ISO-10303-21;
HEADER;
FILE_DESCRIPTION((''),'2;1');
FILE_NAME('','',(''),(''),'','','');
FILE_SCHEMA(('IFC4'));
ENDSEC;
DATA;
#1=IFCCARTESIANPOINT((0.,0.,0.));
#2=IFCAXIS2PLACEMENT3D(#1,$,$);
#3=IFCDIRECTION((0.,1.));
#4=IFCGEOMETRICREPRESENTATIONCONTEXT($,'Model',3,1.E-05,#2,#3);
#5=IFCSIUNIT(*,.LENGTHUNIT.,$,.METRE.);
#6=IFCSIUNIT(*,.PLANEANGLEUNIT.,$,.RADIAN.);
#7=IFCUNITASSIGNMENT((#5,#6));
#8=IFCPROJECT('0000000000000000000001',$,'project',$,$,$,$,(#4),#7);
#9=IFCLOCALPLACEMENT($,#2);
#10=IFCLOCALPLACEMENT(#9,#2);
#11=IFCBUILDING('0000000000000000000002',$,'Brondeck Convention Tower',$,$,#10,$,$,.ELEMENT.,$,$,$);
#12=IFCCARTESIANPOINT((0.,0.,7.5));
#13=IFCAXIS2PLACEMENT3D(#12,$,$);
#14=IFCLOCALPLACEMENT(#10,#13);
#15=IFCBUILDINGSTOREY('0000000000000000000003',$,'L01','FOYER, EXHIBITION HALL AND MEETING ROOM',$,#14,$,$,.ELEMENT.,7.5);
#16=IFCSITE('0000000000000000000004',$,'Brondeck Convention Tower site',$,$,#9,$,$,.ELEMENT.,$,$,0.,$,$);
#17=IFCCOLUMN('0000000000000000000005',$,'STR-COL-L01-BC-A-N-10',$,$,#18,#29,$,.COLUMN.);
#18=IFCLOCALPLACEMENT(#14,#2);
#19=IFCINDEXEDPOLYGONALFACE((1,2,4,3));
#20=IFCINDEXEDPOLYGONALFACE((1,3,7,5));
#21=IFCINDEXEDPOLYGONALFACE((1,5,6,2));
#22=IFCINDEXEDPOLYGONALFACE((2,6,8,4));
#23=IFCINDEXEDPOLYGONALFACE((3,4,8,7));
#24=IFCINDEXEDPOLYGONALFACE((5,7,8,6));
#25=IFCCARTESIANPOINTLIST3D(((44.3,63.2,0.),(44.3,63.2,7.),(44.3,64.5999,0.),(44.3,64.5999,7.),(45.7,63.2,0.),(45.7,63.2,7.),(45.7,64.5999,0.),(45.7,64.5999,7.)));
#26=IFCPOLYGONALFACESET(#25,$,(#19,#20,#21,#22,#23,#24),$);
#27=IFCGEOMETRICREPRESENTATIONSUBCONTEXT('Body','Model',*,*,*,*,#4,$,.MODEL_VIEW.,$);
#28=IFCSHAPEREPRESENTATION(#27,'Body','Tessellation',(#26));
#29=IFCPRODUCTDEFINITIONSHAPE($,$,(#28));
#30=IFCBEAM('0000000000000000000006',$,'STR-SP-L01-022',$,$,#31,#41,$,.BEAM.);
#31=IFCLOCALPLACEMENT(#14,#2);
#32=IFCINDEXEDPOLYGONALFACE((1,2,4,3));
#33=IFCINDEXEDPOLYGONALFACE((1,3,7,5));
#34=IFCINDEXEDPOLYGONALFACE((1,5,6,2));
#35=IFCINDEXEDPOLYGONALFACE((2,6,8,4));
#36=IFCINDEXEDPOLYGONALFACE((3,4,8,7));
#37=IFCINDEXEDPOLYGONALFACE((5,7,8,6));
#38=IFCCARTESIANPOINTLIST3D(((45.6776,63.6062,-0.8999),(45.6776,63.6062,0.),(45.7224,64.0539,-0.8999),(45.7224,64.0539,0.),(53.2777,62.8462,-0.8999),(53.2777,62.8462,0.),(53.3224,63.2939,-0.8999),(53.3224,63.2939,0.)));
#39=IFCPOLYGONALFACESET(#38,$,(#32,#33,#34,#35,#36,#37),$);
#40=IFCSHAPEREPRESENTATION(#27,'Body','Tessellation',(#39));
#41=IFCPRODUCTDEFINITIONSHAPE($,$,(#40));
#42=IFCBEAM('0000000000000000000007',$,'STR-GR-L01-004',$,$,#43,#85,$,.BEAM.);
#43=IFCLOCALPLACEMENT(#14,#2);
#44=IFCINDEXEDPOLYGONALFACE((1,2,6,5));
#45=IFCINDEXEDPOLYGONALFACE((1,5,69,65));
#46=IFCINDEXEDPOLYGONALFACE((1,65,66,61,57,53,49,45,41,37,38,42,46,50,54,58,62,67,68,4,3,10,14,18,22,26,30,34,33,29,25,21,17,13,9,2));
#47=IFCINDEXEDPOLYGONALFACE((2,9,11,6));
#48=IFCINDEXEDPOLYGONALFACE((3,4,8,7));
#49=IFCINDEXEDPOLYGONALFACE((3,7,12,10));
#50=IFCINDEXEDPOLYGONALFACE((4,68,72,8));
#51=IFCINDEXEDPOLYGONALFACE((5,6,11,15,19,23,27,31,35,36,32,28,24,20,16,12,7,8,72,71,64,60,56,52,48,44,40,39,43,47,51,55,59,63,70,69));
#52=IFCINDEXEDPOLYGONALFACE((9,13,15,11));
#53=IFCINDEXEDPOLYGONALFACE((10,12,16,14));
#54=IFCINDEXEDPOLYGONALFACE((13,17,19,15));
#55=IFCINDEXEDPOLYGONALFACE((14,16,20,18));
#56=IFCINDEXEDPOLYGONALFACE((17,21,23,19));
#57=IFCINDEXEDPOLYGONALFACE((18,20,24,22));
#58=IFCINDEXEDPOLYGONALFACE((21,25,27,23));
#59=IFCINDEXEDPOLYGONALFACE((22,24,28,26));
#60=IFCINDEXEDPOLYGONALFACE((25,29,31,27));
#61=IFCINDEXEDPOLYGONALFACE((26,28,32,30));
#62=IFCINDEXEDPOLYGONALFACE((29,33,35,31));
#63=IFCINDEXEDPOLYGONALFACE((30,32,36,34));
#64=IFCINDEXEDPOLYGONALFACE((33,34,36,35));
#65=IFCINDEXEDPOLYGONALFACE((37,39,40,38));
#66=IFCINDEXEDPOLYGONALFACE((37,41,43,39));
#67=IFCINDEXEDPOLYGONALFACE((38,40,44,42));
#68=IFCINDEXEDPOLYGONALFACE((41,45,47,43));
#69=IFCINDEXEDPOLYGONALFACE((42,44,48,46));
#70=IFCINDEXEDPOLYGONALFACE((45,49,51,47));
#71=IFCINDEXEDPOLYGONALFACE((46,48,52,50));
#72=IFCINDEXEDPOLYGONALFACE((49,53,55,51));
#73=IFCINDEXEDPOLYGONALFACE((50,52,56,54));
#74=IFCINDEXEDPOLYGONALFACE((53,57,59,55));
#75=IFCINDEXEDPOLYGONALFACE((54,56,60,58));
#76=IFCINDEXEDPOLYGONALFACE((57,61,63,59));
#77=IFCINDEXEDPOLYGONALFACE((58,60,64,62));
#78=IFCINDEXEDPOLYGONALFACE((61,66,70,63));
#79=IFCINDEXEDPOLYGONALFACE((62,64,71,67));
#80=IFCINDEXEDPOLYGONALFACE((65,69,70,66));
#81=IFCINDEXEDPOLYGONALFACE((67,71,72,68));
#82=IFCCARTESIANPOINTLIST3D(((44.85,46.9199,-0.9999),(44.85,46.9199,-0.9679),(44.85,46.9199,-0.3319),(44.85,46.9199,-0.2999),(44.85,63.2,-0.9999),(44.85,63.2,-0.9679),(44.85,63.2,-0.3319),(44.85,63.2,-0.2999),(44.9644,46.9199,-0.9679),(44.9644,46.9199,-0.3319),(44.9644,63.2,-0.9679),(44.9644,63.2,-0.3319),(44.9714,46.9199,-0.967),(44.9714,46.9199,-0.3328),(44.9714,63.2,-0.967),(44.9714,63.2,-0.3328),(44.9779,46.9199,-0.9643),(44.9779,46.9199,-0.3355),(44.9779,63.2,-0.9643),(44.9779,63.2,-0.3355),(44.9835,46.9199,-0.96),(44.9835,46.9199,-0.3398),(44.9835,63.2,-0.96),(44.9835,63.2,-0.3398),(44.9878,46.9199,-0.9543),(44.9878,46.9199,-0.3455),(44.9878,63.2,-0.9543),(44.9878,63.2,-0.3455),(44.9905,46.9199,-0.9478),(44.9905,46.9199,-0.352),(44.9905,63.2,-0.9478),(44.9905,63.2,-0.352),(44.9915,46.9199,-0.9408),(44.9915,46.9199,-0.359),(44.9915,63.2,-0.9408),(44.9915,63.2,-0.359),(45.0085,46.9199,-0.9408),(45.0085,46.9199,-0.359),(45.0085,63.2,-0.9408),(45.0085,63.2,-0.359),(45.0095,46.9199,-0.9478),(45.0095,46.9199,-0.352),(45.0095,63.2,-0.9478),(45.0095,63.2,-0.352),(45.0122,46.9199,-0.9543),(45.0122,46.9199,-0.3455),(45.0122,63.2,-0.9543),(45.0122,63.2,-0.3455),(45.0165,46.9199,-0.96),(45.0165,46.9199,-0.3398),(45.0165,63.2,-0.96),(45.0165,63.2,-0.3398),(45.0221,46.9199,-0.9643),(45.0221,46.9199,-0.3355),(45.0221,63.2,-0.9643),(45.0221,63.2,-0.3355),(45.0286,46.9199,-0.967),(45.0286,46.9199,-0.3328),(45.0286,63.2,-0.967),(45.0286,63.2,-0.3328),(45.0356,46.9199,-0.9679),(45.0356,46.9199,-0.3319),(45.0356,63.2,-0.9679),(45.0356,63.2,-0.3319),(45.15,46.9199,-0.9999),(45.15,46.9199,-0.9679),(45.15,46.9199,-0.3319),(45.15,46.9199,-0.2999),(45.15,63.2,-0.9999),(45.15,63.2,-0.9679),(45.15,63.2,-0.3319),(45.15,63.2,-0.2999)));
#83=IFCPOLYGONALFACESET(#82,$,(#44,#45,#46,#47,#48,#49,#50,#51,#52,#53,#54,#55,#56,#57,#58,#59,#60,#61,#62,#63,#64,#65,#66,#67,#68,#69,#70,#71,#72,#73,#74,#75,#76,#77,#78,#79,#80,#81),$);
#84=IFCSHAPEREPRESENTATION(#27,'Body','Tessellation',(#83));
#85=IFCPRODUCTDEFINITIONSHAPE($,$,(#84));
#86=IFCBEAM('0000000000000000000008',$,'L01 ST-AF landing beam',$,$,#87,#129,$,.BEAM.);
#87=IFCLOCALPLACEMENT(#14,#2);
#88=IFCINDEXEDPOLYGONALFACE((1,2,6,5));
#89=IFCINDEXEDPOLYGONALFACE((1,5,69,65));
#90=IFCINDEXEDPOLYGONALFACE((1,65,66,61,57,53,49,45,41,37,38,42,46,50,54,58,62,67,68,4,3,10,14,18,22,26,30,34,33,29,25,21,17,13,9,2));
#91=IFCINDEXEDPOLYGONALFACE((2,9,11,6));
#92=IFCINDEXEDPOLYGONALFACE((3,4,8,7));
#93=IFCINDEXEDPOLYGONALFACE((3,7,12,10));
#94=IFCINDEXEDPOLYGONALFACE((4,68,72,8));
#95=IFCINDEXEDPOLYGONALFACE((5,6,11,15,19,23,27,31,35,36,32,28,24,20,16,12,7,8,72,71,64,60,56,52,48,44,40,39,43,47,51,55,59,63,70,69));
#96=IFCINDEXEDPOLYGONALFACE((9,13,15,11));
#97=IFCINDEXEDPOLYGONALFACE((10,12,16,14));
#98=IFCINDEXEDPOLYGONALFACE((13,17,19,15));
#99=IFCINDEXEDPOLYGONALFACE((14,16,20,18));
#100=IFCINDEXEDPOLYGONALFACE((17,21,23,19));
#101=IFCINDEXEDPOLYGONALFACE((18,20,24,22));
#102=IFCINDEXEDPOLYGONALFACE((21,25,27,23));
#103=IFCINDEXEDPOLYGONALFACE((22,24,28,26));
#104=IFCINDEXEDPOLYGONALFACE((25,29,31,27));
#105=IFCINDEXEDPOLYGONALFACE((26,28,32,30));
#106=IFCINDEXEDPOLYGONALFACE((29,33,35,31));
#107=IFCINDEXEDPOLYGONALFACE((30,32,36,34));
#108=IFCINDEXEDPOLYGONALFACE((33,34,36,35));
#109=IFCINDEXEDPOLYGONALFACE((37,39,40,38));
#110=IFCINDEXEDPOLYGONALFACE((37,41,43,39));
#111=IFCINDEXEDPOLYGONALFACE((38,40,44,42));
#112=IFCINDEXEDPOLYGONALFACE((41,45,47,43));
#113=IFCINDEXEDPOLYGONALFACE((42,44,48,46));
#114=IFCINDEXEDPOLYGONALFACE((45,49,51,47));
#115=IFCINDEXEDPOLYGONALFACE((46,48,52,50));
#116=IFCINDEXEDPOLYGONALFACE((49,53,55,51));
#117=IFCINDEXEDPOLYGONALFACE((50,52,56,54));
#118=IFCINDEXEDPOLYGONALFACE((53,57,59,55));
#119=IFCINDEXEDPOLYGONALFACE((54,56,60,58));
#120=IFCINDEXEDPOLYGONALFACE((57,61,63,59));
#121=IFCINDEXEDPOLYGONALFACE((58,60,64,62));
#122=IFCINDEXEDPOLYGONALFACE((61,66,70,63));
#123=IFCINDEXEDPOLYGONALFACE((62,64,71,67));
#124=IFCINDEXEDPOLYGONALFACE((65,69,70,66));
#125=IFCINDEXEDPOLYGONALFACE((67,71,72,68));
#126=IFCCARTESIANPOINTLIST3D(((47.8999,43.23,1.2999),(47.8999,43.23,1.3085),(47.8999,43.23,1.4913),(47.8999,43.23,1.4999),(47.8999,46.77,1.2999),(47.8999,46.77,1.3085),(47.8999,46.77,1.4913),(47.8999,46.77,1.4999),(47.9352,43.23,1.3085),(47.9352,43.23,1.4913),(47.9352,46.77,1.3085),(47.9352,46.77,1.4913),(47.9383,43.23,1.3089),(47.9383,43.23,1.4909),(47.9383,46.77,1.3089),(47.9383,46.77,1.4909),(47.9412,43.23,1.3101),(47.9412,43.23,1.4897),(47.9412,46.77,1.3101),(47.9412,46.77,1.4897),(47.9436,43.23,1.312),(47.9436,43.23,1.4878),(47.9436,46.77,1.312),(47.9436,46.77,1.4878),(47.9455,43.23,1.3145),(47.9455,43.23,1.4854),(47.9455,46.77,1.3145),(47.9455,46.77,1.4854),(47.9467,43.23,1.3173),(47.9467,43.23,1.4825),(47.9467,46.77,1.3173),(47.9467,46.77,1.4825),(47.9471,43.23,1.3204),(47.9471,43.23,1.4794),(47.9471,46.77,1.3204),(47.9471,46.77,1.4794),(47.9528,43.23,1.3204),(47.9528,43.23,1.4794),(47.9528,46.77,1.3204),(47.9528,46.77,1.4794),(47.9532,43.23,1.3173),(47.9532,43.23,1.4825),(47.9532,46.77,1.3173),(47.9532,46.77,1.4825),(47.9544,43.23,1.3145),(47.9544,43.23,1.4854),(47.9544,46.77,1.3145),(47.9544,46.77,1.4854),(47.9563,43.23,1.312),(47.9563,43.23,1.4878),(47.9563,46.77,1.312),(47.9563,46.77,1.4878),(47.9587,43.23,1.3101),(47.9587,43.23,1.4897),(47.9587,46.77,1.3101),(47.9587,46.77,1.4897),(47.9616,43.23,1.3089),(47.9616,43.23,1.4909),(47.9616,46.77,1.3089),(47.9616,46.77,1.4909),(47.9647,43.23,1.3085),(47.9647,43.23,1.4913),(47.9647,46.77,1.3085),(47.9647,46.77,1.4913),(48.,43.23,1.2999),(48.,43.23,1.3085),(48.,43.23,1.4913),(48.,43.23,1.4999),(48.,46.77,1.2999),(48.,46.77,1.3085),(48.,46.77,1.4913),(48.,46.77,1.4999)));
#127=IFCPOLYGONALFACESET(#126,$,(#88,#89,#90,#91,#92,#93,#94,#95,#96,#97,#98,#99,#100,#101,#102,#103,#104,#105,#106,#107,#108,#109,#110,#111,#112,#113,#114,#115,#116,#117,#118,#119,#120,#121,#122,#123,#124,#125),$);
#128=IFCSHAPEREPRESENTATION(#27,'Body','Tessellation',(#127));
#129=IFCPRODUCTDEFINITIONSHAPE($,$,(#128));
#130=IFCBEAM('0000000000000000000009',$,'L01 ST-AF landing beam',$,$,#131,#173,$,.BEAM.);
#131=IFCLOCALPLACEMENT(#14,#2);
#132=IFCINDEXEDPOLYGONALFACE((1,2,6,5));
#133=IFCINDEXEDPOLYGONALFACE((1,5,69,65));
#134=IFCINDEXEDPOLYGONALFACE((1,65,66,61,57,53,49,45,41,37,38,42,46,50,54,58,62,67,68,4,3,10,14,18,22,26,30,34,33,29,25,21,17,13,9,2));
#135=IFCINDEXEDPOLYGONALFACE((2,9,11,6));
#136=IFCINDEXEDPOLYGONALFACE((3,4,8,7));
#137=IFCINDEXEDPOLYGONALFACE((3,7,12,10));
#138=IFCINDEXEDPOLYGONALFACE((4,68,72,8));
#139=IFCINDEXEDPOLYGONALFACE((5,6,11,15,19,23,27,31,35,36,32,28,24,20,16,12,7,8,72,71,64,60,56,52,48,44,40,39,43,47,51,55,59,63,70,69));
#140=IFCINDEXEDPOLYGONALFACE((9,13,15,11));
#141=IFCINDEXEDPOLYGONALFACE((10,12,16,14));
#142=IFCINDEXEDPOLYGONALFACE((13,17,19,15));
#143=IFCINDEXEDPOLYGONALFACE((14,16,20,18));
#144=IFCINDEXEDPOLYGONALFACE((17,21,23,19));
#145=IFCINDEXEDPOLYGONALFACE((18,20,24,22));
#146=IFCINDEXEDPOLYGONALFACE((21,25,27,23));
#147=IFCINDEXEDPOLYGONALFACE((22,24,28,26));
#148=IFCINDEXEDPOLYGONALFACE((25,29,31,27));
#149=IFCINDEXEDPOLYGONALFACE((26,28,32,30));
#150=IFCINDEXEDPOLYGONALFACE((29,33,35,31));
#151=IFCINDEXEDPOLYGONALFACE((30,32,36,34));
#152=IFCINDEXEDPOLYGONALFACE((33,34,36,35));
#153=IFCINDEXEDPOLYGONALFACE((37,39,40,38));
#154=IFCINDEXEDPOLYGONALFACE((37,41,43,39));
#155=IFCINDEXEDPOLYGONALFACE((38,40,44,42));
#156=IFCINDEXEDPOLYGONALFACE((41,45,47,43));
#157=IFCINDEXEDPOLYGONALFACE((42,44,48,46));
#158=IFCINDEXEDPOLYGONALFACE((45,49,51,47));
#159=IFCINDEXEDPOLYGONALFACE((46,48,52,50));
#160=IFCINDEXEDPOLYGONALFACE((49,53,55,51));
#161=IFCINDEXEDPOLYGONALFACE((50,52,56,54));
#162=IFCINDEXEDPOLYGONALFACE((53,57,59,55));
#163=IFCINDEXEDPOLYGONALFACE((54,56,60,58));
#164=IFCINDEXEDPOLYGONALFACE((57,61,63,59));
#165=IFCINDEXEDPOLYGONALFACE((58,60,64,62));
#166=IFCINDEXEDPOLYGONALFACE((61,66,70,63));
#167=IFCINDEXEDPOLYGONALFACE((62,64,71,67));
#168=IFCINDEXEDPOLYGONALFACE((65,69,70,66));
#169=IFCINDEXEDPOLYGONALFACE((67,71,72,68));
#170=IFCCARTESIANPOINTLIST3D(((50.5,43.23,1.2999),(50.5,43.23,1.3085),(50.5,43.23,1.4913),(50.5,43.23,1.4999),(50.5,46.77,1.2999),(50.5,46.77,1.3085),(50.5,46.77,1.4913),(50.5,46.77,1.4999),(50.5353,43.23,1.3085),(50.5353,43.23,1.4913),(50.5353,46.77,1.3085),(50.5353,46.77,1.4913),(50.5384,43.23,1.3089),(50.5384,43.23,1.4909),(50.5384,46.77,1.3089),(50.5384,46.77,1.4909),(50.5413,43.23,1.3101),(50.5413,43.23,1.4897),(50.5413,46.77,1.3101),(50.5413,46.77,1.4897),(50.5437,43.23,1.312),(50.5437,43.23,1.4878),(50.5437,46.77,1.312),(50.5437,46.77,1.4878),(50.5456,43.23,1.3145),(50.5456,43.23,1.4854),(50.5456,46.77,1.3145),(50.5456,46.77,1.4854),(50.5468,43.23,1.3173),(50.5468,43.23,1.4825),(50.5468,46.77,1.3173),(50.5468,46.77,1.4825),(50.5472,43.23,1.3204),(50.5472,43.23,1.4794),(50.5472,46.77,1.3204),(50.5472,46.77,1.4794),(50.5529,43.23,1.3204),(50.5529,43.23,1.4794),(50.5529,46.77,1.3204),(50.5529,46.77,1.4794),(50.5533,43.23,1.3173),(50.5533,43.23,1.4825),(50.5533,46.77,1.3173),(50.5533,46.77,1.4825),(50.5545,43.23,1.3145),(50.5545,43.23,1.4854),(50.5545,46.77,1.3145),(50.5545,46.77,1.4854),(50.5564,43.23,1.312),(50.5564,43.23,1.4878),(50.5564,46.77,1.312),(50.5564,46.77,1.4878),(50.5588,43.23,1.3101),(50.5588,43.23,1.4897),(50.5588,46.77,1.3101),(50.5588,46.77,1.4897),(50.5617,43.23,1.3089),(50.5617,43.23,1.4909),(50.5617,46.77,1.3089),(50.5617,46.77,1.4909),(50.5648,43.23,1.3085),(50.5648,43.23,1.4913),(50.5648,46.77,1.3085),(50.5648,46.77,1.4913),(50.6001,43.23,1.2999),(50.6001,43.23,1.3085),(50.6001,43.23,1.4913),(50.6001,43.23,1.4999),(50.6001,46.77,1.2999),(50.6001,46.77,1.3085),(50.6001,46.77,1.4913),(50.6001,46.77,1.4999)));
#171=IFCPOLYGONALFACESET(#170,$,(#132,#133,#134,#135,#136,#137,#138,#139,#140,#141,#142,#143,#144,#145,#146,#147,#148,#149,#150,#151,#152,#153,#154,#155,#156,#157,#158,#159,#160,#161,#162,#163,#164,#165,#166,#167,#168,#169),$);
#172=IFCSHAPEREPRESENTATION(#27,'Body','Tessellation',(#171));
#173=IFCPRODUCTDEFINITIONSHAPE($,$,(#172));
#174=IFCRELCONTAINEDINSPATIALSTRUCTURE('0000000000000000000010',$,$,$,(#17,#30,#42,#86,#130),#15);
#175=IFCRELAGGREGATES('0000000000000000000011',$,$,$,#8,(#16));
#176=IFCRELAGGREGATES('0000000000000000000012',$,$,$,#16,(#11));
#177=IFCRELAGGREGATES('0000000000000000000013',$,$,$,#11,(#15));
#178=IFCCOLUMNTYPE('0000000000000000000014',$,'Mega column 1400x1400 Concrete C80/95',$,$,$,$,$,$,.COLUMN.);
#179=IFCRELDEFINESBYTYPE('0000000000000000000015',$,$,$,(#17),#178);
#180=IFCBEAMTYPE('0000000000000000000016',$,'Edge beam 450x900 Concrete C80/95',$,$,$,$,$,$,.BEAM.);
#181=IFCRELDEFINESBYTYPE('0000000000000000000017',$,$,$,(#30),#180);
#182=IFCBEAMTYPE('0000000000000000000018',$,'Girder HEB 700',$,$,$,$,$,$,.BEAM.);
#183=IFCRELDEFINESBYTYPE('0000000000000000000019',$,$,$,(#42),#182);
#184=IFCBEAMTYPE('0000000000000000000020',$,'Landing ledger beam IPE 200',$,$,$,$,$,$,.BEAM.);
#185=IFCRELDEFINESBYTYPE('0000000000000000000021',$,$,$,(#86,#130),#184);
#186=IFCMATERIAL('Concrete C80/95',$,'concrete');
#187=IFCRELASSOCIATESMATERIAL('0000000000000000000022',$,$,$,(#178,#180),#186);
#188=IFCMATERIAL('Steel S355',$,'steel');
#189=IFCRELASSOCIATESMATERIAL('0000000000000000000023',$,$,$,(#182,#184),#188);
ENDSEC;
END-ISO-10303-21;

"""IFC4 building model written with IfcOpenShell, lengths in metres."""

from ifc_helpers import new_model, si_unit, direction, frame, origin, origin_2d, place, context, subcontext, project, spatial, rectangle, i_section, extrude, material, material_profile, profile_set, type_object, element, save


model = new_model("IFC4")

# Units and contexts
model_context = context("Model", 3, precision=1e-05, world=origin(), true_north=direction((0.0, 1.0)))
body_context = subcontext(model_context, "Body", "Model", "MODEL_VIEW")
ifc_project = project(units=[si_unit("LENGTHUNIT", "METRE"), si_unit("PLANEANGLEUNIT", "RADIAN")], contexts=[model_context])

# Site, building, storey
site_placement = place(None, origin())
site = spatial("IfcSite", under=ifc_project, at=site_placement, Name="Brondeck Convention Tower site", CompositionType="ELEMENT", RefElevation=0.0)
building_placement = place(site_placement, origin())
building = spatial("IfcBuilding", under=site, at=building_placement, Name="Brondeck Convention Tower", CompositionType="ELEMENT")
storey_placement = place(building_placement, frame((0.0, 0.0, 7.5)))
storey = spatial("IfcBuildingStorey", under=building, at=storey_placement, Name="L01", Description="FOYER, EXHIBITION HALL AND MEETING ROOM", CompositionType="ELEMENT", Elevation=7.5)

# Column
ifc_material_1 = material(Name="Concrete C80/95", Category="concrete")
ifc_material_profile_1 = material_profile(ifc_material_1, rectangle(XDim=1.3999, YDim=1.3999, at=origin_2d()), Name="Mega column 1400x1400 Concrete C80/95")
ifc_profile_set_1 = profile_set([ifc_material_profile_1], Name="Concrete C80/95")
column_type = type_object("IfcColumnType", Name="Mega column 1400x1400 Concrete C80/95", PredefinedType="COLUMN", material=ifc_profile_set_1)
column_placement = place(storey_placement, frame((45.0, 63.8999, 0.0), z_axis=(0.0, 0.0, 1.0), x_axis=(1.0, 0.0, 0.0)))
element("IfcColumn", 1, at=column_placement, inside=storey, type_object=column_type, Name="STR-COL-L01-BC-A-N-10", PredefinedType="COLUMN", context=body_context, shape_type="SweptSolid", body=[
    extrude(rectangle(XDim=1.3999, YDim=1.3999, at=origin_2d()), origin(), (0.0, 0.0, 1.0), 7.0),
])

# Beams
ifc_material_profile_2 = material_profile(ifc_material_1, rectangle(XDim=0.45, YDim=0.8999, at=origin_2d()), Name="Edge beam 450x900 Concrete C80/95")
ifc_profile_set_2 = profile_set([ifc_material_profile_2], Name="Concrete C80/95")
beam_type_1 = type_object("IfcBeamType", Name="Edge beam 450x900 Concrete C80/95", PredefinedType="BEAM", material=ifc_profile_set_2)
beam_1_placement = place(storey_placement, frame((53.3, 63.0701, -0.45), z_axis=(-0.995037, 0.099504, 0.0), x_axis=(-0.099504, -0.995037, 0.0)))
element("IfcBeam", 2, at=beam_1_placement, inside=storey, type_object=beam_type_1, Name="STR-SP-L01-022", PredefinedType="BEAM", context=body_context, shape_type="SweptSolid", body=[
    extrude(rectangle(XDim=0.45, YDim=0.8999, at=origin_2d()), origin(), (0.0, 0.0, 1.0), 7.6379),
])
ifc_material_2 = material(Name="Steel S355", Category="steel")
ifc_material_profile_3 = material_profile(ifc_material_2, i_section(OverallWidth=0.3, OverallDepth=0.7, WebThickness=0.0171, FlangeThickness=0.032, FilletRadius=0.0271, at=origin_2d()), Name="HEB 700")
ifc_profile_set_3 = profile_set([ifc_material_profile_3], Name="Steel S355")
beam_type_2 = type_object("IfcBeamType", Name="Girder HEB 700", PredefinedType="BEAM", material=ifc_profile_set_3)
beam_2_placement = place(storey_placement, frame((45.0, 46.9199, -0.6499), z_axis=(0.0, 1.0, 0.0), x_axis=(-1.0, 0.0, 0.0)))
element("IfcBeam", 3, at=beam_2_placement, inside=storey, type_object=beam_type_2, Name="STR-GR-L01-004", PredefinedType="BEAM", context=body_context, shape_type="SweptSolid", body=[
    extrude(i_section(OverallWidth=0.3, OverallDepth=0.7, WebThickness=0.0171, FlangeThickness=0.032, FilletRadius=0.0271, at=origin_2d()), origin(), (0.0, 0.0, 1.0), 16.28),
])
ifc_material_profile_4 = material_profile(ifc_material_2, i_section(OverallWidth=0.1001, OverallDepth=0.2, WebThickness=0.0056, FlangeThickness=0.0085, FilletRadius=0.012, at=origin_2d()), Name="IPE200")
ifc_profile_set_4 = profile_set([ifc_material_profile_4], Name="Steel S355")
beam_type_3 = type_object("IfcBeamType", Name="Landing ledger beam IPE 200", PredefinedType="BEAM", material=ifc_profile_set_4)
for number, where, z_axis, x_axis, name in (
    (4, (47.95, 43.23, 1.3999), (0.0, 1.0, 0.0), (-1.0, 0.0, 0.0), "L01 ST-AF landing beam"),
    (5, (50.55, 43.23, 1.3999), (0.0, 1.0, 0.0), (-1.0, 0.0, 0.0), "L01 ST-AF landing beam"),
):
    element("IfcBeam", number, at=place(storey_placement, frame(where, z_axis=z_axis, x_axis=x_axis)), inside=storey, type_object=beam_type_3, Name=name, PredefinedType="BEAM", context=body_context, shape_type="SweptSolid", body=[
        extrude(i_section(OverallWidth=0.1001, OverallDepth=0.2, WebThickness=0.0056, FlangeThickness=0.0085, FilletRadius=0.012, at=origin_2d()), origin(), (0.0, 0.0, 1.0), 3.54),
    ])

save(model, "model.ifc")
